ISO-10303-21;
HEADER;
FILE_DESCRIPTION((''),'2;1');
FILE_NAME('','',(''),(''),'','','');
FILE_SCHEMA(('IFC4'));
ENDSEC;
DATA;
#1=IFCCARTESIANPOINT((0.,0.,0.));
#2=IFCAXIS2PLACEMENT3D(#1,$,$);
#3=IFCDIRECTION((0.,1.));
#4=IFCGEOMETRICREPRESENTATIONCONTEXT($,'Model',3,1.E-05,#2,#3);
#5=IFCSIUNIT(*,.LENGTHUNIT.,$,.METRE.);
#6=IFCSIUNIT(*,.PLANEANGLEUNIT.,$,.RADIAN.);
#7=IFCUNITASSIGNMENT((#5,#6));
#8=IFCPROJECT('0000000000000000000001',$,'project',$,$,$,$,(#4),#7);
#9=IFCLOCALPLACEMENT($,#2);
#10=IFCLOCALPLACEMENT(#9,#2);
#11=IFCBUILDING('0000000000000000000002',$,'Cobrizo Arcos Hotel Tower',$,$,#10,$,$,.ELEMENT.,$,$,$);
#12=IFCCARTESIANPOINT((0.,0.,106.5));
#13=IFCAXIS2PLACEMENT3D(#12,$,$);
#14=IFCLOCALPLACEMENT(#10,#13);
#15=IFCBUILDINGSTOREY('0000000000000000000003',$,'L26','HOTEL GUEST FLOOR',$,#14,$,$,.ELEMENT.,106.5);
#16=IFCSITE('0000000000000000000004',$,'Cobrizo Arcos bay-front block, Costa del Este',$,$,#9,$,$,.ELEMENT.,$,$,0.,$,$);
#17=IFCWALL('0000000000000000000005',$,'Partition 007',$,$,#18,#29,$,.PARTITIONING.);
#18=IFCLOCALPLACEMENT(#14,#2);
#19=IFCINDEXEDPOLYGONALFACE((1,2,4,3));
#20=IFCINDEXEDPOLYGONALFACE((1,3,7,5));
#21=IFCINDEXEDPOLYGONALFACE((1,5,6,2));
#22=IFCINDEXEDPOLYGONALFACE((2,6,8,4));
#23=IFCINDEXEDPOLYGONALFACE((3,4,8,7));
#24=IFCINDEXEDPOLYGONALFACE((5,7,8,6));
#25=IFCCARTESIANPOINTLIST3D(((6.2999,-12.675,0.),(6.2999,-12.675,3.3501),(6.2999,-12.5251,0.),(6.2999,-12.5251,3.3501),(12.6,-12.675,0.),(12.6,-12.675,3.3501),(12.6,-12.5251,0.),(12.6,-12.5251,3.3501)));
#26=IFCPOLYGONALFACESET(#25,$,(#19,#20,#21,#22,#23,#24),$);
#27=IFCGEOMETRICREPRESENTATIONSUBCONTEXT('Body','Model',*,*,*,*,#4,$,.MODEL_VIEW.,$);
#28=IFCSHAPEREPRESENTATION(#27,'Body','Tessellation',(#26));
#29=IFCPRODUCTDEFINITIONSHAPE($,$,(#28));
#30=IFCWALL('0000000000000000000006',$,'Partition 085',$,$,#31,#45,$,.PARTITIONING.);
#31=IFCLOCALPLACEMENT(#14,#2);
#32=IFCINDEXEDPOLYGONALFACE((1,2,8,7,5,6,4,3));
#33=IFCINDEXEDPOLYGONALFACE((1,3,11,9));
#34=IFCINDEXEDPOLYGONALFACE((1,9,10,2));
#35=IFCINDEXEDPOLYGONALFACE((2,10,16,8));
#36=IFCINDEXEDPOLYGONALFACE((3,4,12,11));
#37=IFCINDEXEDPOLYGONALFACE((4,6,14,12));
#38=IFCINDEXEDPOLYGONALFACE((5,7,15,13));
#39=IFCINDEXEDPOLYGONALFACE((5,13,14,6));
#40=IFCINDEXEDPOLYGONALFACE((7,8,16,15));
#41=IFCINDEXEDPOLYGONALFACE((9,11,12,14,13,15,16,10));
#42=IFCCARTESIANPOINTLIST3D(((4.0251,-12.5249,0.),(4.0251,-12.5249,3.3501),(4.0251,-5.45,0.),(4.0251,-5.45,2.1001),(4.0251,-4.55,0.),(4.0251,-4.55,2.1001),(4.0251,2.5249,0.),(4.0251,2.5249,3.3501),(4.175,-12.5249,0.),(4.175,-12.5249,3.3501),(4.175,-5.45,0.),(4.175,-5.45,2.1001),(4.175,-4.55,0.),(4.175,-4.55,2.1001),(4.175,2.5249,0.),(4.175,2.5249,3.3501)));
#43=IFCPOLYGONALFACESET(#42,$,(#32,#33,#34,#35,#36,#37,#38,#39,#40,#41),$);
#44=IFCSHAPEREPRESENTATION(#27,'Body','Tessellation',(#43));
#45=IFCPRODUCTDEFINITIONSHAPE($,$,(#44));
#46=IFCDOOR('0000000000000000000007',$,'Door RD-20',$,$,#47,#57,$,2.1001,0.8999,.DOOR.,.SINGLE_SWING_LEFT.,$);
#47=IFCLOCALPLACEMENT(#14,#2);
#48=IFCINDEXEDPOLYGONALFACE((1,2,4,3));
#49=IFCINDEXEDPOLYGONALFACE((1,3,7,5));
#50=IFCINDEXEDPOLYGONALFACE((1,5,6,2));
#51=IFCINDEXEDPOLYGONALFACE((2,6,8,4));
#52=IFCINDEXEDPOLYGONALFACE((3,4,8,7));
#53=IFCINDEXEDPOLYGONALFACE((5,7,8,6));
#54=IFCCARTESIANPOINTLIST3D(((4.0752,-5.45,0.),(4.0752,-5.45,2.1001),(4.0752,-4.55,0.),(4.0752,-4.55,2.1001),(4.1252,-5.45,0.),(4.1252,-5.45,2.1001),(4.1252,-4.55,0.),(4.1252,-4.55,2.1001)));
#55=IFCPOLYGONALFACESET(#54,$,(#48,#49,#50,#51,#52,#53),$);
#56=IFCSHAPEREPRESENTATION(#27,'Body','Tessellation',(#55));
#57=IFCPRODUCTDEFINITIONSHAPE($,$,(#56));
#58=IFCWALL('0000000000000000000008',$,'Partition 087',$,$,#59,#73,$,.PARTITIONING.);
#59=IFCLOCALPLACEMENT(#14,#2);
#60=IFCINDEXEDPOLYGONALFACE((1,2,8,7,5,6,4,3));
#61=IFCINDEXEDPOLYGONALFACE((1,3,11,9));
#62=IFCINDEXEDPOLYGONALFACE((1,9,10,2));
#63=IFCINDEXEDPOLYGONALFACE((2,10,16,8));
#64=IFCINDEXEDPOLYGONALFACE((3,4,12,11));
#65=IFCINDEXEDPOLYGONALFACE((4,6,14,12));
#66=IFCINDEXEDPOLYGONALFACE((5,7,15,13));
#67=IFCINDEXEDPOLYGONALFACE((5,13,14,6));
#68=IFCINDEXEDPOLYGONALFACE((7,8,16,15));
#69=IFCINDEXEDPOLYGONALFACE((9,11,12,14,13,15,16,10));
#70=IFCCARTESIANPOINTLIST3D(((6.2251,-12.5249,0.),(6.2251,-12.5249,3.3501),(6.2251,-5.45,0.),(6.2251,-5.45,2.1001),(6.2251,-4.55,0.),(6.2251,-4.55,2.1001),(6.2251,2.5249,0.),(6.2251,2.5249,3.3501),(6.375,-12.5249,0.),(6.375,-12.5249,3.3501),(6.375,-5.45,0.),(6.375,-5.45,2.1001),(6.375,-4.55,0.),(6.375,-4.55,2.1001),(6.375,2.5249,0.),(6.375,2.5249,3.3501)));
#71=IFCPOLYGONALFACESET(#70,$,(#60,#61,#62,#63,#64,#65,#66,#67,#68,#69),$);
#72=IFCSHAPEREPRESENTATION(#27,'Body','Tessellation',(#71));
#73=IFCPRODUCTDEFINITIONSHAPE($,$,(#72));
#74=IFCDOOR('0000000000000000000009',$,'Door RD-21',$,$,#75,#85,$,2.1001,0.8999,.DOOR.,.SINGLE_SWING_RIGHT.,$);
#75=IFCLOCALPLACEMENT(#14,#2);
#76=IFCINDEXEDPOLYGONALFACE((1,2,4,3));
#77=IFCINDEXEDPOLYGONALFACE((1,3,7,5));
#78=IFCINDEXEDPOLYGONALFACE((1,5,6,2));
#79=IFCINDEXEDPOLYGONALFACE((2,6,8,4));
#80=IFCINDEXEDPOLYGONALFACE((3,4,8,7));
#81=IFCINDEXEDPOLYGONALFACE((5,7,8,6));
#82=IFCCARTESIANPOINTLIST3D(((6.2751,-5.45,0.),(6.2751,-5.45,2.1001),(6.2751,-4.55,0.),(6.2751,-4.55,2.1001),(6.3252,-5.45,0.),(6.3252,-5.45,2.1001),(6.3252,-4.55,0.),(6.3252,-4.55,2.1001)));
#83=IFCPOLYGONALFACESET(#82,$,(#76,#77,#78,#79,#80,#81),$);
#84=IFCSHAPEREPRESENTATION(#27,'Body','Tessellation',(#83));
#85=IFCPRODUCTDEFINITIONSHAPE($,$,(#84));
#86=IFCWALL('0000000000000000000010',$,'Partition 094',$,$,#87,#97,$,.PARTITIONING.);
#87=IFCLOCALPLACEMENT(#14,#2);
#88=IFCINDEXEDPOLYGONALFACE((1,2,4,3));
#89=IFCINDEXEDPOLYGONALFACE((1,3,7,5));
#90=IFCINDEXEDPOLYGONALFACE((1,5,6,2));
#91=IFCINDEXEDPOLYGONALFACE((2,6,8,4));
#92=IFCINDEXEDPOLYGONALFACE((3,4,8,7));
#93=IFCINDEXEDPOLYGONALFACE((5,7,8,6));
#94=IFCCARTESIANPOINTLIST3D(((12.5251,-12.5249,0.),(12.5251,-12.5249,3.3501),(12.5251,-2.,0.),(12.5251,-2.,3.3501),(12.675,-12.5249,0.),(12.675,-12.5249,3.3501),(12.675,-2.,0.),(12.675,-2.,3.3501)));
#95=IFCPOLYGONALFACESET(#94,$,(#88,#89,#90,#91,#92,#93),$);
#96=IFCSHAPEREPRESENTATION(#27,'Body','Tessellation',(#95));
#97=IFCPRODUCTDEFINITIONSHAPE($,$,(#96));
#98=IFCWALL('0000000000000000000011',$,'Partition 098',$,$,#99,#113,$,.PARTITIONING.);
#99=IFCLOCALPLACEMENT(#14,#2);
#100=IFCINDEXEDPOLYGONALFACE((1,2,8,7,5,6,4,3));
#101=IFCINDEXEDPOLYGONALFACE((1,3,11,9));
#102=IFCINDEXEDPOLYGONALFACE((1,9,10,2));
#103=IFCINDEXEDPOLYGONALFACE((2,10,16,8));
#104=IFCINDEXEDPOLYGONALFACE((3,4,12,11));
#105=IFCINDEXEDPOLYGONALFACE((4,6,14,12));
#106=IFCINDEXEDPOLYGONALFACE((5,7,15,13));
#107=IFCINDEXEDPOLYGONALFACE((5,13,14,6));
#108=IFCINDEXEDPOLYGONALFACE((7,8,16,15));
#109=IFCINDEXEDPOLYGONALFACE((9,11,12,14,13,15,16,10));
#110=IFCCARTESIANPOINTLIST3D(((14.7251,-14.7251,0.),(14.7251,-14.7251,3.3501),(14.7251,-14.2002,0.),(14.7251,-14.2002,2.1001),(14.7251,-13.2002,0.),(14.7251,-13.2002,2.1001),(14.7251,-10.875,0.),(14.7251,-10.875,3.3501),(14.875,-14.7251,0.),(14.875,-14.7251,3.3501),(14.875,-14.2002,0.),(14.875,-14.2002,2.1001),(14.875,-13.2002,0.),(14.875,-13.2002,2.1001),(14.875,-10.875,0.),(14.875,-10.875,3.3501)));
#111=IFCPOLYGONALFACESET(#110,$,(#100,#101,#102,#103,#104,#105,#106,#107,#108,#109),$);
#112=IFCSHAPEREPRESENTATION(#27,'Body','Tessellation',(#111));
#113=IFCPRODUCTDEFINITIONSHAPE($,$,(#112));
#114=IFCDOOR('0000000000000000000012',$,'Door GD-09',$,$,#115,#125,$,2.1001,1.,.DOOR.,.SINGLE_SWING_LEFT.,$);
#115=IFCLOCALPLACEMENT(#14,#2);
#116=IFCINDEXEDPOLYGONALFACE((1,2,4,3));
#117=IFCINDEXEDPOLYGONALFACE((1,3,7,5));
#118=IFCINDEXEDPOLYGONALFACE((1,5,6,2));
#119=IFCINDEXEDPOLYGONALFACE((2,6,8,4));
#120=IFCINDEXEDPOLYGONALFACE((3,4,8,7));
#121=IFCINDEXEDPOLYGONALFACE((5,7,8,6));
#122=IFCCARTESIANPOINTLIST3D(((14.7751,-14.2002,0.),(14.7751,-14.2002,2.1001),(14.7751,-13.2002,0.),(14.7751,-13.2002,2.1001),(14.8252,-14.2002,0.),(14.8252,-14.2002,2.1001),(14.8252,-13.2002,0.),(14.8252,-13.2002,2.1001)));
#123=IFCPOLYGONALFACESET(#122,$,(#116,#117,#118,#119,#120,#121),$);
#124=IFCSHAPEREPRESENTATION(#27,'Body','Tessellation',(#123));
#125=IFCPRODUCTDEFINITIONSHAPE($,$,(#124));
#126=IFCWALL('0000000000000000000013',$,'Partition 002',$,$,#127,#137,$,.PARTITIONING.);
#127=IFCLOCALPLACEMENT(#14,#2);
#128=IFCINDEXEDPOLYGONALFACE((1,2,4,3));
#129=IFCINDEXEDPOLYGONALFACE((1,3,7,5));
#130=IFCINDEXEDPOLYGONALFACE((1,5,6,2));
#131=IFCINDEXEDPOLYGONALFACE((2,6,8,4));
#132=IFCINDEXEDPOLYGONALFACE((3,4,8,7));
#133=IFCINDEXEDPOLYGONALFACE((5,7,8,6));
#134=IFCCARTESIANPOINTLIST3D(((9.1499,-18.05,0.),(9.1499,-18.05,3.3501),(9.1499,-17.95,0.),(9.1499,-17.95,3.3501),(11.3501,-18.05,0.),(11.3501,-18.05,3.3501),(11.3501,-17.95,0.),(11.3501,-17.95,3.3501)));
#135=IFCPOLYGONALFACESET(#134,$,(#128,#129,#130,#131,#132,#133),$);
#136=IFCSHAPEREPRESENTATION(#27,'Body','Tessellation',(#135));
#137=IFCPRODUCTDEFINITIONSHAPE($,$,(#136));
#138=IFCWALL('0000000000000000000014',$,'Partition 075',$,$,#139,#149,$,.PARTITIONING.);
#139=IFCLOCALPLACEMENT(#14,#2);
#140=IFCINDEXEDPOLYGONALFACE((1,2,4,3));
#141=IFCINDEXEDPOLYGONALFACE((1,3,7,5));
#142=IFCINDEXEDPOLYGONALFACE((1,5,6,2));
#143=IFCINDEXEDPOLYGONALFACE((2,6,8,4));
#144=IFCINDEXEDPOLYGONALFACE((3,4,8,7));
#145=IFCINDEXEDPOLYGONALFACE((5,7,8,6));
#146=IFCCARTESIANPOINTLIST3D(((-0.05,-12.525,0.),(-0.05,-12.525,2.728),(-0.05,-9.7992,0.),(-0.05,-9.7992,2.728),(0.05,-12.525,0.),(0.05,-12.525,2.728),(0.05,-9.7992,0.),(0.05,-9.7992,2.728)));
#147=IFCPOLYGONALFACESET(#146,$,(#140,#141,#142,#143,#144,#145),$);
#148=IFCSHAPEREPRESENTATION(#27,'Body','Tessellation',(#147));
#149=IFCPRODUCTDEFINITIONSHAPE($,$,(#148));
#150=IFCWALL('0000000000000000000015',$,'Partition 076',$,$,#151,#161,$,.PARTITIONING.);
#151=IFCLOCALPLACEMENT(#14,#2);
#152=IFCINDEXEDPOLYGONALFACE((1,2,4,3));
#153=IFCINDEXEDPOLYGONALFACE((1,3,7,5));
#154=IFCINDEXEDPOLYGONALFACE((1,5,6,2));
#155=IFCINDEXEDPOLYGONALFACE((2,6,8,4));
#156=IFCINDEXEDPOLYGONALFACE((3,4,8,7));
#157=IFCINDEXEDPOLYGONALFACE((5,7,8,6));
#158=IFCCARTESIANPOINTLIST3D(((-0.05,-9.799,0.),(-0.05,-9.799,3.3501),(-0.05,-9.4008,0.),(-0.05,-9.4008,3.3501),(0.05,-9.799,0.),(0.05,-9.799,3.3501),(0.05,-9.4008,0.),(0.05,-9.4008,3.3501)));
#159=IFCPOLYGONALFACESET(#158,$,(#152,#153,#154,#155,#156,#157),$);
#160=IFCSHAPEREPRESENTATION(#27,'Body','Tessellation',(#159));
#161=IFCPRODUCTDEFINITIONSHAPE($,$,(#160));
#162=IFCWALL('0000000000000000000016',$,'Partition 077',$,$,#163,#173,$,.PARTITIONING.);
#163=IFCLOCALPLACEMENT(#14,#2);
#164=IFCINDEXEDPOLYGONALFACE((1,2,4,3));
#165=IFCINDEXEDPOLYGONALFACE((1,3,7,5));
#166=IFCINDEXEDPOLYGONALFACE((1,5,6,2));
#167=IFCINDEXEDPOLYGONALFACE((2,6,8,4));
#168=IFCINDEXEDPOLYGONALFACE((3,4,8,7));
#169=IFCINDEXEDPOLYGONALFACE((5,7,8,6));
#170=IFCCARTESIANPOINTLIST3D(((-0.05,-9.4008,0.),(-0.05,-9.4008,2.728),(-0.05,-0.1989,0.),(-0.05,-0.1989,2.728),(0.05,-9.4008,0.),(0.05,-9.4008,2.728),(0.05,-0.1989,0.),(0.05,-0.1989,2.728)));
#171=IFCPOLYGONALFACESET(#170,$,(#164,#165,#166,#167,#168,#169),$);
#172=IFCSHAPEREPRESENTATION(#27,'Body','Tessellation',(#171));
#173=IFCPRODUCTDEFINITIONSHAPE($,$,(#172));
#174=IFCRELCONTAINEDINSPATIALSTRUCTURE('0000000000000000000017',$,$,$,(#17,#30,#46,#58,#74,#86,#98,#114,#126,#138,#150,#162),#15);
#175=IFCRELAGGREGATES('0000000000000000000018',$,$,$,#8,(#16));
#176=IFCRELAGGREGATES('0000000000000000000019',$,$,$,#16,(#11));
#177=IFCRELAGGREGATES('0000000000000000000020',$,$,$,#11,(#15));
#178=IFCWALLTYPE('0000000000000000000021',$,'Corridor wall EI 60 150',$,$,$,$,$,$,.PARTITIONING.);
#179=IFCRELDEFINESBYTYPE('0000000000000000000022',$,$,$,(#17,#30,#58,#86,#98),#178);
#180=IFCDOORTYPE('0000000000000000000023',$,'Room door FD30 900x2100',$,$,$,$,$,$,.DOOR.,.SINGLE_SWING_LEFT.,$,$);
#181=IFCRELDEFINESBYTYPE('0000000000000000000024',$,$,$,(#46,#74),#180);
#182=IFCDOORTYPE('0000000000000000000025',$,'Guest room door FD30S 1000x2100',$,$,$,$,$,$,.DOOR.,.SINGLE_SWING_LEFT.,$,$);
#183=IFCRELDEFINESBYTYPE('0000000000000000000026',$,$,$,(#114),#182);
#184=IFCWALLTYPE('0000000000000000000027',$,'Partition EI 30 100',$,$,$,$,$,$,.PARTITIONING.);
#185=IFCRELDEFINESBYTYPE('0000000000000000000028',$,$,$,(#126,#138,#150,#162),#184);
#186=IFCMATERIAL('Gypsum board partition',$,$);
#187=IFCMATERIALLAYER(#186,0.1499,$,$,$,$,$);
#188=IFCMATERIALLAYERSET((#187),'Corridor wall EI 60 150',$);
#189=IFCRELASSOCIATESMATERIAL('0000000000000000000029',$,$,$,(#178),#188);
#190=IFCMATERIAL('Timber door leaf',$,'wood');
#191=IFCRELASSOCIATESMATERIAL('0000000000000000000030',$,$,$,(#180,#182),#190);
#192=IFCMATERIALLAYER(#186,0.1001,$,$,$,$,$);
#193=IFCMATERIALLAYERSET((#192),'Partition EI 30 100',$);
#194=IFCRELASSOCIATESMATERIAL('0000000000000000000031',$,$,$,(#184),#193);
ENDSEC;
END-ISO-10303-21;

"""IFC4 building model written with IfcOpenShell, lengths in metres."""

from ifc_helpers import new_model, si_unit, direction, frame, frame_2d, origin, place, context, subcontext, project, spatial, rectangle, extrude, material, layer, layer_set, type_object, element, fill, save


model = new_model("IFC4")

# Units and contexts
model_context = context("Model", 3, precision=1e-05, world=origin(), true_north=direction((0.0, 1.0)))
body_context = subcontext(model_context, "Body", "Model", "MODEL_VIEW")
ifc_project = project(units=[si_unit("LENGTHUNIT", "METRE"), si_unit("PLANEANGLEUNIT", "RADIAN")], contexts=[model_context])

# Site, building, storey
site_placement = place(None, origin())
site = spatial("IfcSite", under=ifc_project, at=site_placement, Name="Cobrizo Arcos bay-front block, Costa del Este", CompositionType="ELEMENT", RefElevation=0.0)
building_placement = place(site_placement, origin())
building = spatial("IfcBuilding", under=site, at=building_placement, Name="Cobrizo Arcos Hotel Tower", CompositionType="ELEMENT")
storey_placement = place(building_placement, frame((0.0, 0.0, 106.5)))
storey = spatial("IfcBuildingStorey", under=building, at=storey_placement, Name="L26", Description="HOTEL GUEST FLOOR", CompositionType="ELEMENT", Elevation=106.5)

# Wall
ifc_material_1 = material(Name="Gypsum board partition")
ifc_layer_1 = layer(ifc_material_1, 0.1499)
ifc_layer_set_1 = layer_set([ifc_layer_1], Name="Corridor wall EI 60 150")
wall_type_1 = type_object("IfcWallType", Name="Corridor wall EI 60 150", PredefinedType="PARTITIONING", material=ifc_layer_set_1)
wall_1_placement = place(storey_placement, frame((6.3, -12.6001, 0.0), z_axis=(0.0, 0.0, 1.0), x_axis=(1.0, 0.0, 0.0)))
element("IfcWall", 1, at=wall_1_placement, inside=storey, type_object=wall_type_1, Name="Partition 007", PredefinedType="PARTITIONING", context=body_context, shape_type="SweptSolid", body=[
    extrude(rectangle(XDim=6.3, YDim=0.1499, at=frame_2d((3.1499, 0.0))), origin(), (0.0, 0.0, 1.0), 3.3501),
])

# Walls, openings, doors
wall_2_placement = place(storey_placement, frame((4.1001, -12.5249, 0.0), z_axis=(0.0, 0.0, 1.0), x_axis=(0.0, 1.0, 0.0)))
wall_2 = element("IfcWall", 2, at=wall_2_placement, inside=storey, type_object=wall_type_1, Name="Partition 085", PredefinedType="PARTITIONING", context=body_context, shape_type="SweptSolid", body=[
    extrude(rectangle(XDim=15.0498, YDim=0.1499, at=frame_2d((7.5249, 0.0))), origin(), (0.0, 0.0, 1.0), 3.3501),
])
opening_1_placement = place(wall_2_placement, frame((7.075, 0.0, 0.0)))
opening_1 = element("IfcOpeningElement", 3, at=opening_1_placement, cuts=wall_2, PredefinedType="OPENING", context=body_context, shape_type="SweptSolid", body=[
    extrude(rectangle(XDim=0.8999, YDim=2.1001, at=frame_2d((0.45, 1.05))), frame((0.0, 0.0869, 0.0), z_axis=(0.0, -1.0, 0.0), x_axis=(1.0, 0.0, 0.0)), (0.0, 0.0, 1.0), 0.1738),
])
ifc_material_2 = material(Name="Timber door leaf", Category="wood")
door_type_1 = type_object("IfcDoorType", Name="Room door FD30 900x2100", OperationType="SINGLE_SWING_LEFT", PredefinedType="DOOR", material=ifc_material_2)
door_1_placement = place(opening_1_placement, origin())
door_1 = element("IfcDoor", 4, at=door_1_placement, inside=storey, type_object=door_type_1, Name="Door RD-20", OperationType="SINGLE_SWING_LEFT", OverallHeight=2.1001, OverallWidth=0.8999, PredefinedType="DOOR", context=body_context, shape_type="SweptSolid", body=[
    extrude(rectangle(XDim=0.8999, YDim=2.1001, at=frame_2d((0.45, 1.05))), frame((0.0, 0.0249, 0.0), z_axis=(0.0, -1.0, 0.0), x_axis=(1.0, 0.0, 0.0)), (0.0, 0.0, 1.0), 0.05),
])
fill(opening_1, door_1)
wall_3_placement = place(storey_placement, frame((6.3, -12.5249, 0.0), z_axis=(0.0, 0.0, 1.0), x_axis=(0.0, 1.0, 0.0)))
wall_3 = element("IfcWall", 5, at=wall_3_placement, inside=storey, type_object=wall_type_1, Name="Partition 087", PredefinedType="PARTITIONING", context=body_context, shape_type="SweptSolid", body=[
    extrude(rectangle(XDim=15.0498, YDim=0.1499, at=frame_2d((7.5249, 0.0))), origin(), (0.0, 0.0, 1.0), 3.3501),
])
opening_2_placement = place(wall_3_placement, frame((7.075, 0.0, 0.0)))
opening_2 = element("IfcOpeningElement", 6, at=opening_2_placement, cuts=wall_3, PredefinedType="OPENING", context=body_context, shape_type="SweptSolid", body=[
    extrude(rectangle(XDim=0.8999, YDim=2.1001, at=frame_2d((0.45, 1.05))), frame((0.0, 0.0869, 0.0), z_axis=(0.0, -1.0, 0.0), x_axis=(1.0, 0.0, 0.0)), (0.0, 0.0, 1.0), 0.1738),
])
door_2_placement = place(opening_2_placement, origin())
door_2 = element("IfcDoor", 7, at=door_2_placement, inside=storey, type_object=door_type_1, Name="Door RD-21", OperationType="SINGLE_SWING_RIGHT", OverallHeight=2.1001, OverallWidth=0.8999, PredefinedType="DOOR", context=body_context, shape_type="SweptSolid", body=[
    extrude(rectangle(XDim=0.8999, YDim=2.1001, at=frame_2d((0.45, 1.05))), frame((0.0, 0.0249, 0.0), z_axis=(0.0, -1.0, 0.0), x_axis=(1.0, 0.0, 0.0)), (0.0, 0.0, 1.0), 0.05),
])
fill(opening_2, door_2)

# Wall
wall_4_placement = place(storey_placement, frame((12.6001, -12.5249, 0.0), z_axis=(0.0, 0.0, 1.0), x_axis=(0.0, 1.0, 0.0)))
element("IfcWall", 8, at=wall_4_placement, inside=storey, type_object=wall_type_1, Name="Partition 094", PredefinedType="PARTITIONING", context=body_context, shape_type="SweptSolid", body=[
    extrude(rectangle(XDim=10.5249, YDim=0.1499, at=frame_2d((5.2625, 0.0))), origin(), (0.0, 0.0, 1.0), 3.3501),
])

# Wall, opening, door
wall_5_placement = place(storey_placement, frame((14.8, -14.7251, 0.0), z_axis=(0.0, 0.0, 1.0), x_axis=(0.0, 1.0, 0.0)))
wall_5 = element("IfcWall", 9, at=wall_5_placement, inside=storey, type_object=wall_type_1, Name="Partition 098", PredefinedType="PARTITIONING", context=body_context, shape_type="SweptSolid", body=[
    extrude(rectangle(XDim=3.8501, YDim=0.1499, at=frame_2d((1.925, 0.0))), origin(), (0.0, 0.0, 1.0), 3.3501),
])
opening_3_placement = place(wall_5_placement, frame((0.5249, 0.0, 0.0)))
opening_3 = element("IfcOpeningElement", 10, at=opening_3_placement, cuts=wall_5, PredefinedType="OPENING", context=body_context, shape_type="SweptSolid", body=[
    extrude(rectangle(XDim=1.0, YDim=2.1001, at=frame_2d((0.5, 1.05))), frame((0.0, 0.0869, 0.0), z_axis=(0.0, -1.0, 0.0), x_axis=(1.0, 0.0, 0.0)), (0.0, 0.0, 1.0), 0.1738),
])
door_type_2 = type_object("IfcDoorType", Name="Guest room door FD30S 1000x2100", OperationType="SINGLE_SWING_LEFT", PredefinedType="DOOR", material=ifc_material_2)
door_3_placement = place(opening_3_placement, origin())
door_3 = element("IfcDoor", 11, at=door_3_placement, inside=storey, type_object=door_type_2, Name="Door GD-09", OperationType="SINGLE_SWING_LEFT", OverallHeight=2.1001, OverallWidth=1.0, PredefinedType="DOOR", context=body_context, shape_type="SweptSolid", body=[
    extrude(rectangle(XDim=1.0, YDim=2.1001, at=frame_2d((0.5, 1.05))), frame((0.0, 0.0249, 0.0), z_axis=(0.0, -1.0, 0.0), x_axis=(1.0, 0.0, 0.0)), (0.0, 0.0, 1.0), 0.05),
])
fill(opening_3, door_3)

# Walls
ifc_layer_2 = layer(ifc_material_1, 0.1001)
ifc_layer_set_2 = layer_set([ifc_layer_2], Name="Partition EI 30 100")
wall_type_2 = type_object("IfcWallType", Name="Partition EI 30 100", PredefinedType="PARTITIONING", material=ifc_layer_set_2)
wall_6_placement = place(storey_placement, frame((9.1499, -18.0, 0.0), z_axis=(0.0, 0.0, 1.0), x_axis=(1.0, 0.0, 0.0)))
element("IfcWall", 12, at=wall_6_placement, inside=storey, type_object=wall_type_2, Name="Partition 002", PredefinedType="PARTITIONING", context=body_context, shape_type="SweptSolid", body=[
    extrude(rectangle(XDim=2.2002, YDim=0.1001, at=frame_2d((1.1001, 0.0))), origin(), (0.0, 0.0, 1.0), 3.3501),
])
wall_7_placement = place(storey_placement, frame((0.0, -12.5249, 0.0), z_axis=(0.0, 0.0, 1.0), x_axis=(0.0, 1.0, 0.0)))
element("IfcWall", 13, at=wall_7_placement, inside=storey, type_object=wall_type_2, Name="Partition 075", PredefinedType="PARTITIONING", context=body_context, shape_type="SweptSolid", body=[
    extrude(rectangle(XDim=2.7258, YDim=0.1001, at=frame_2d((1.3628, 0.0))), origin(), (0.0, 0.0, 1.0), 2.728),
])
wall_8_placement = place(storey_placement, frame((0.0, -9.7991, 0.0), z_axis=(0.0, 0.0, 1.0), x_axis=(0.0, 1.0, 0.0)))
element("IfcWall", 14, at=wall_8_placement, inside=storey, type_object=wall_type_2, Name="Partition 076", PredefinedType="PARTITIONING", context=body_context, shape_type="SweptSolid", body=[
    extrude(rectangle(XDim=0.3982, YDim=0.1001, at=frame_2d((0.1992, 0.0))), origin(), (0.0, 0.0, 1.0), 3.3501),
])
wall_9_placement = place(storey_placement, frame((0.0, -9.4009, 0.0), z_axis=(0.0, 0.0, 1.0), x_axis=(0.0, 1.0, 0.0)))
element("IfcWall", 15, at=wall_9_placement, inside=storey, type_object=wall_type_2, Name="Partition 077", PredefinedType="PARTITIONING", context=body_context, shape_type="SweptSolid", body=[
    extrude(rectangle(XDim=9.2019, YDim=0.1001, at=frame_2d((4.6011, 0.0))), origin(), (0.0, 0.0, 1.0), 2.728),
])

save(model, "model.ifc")
